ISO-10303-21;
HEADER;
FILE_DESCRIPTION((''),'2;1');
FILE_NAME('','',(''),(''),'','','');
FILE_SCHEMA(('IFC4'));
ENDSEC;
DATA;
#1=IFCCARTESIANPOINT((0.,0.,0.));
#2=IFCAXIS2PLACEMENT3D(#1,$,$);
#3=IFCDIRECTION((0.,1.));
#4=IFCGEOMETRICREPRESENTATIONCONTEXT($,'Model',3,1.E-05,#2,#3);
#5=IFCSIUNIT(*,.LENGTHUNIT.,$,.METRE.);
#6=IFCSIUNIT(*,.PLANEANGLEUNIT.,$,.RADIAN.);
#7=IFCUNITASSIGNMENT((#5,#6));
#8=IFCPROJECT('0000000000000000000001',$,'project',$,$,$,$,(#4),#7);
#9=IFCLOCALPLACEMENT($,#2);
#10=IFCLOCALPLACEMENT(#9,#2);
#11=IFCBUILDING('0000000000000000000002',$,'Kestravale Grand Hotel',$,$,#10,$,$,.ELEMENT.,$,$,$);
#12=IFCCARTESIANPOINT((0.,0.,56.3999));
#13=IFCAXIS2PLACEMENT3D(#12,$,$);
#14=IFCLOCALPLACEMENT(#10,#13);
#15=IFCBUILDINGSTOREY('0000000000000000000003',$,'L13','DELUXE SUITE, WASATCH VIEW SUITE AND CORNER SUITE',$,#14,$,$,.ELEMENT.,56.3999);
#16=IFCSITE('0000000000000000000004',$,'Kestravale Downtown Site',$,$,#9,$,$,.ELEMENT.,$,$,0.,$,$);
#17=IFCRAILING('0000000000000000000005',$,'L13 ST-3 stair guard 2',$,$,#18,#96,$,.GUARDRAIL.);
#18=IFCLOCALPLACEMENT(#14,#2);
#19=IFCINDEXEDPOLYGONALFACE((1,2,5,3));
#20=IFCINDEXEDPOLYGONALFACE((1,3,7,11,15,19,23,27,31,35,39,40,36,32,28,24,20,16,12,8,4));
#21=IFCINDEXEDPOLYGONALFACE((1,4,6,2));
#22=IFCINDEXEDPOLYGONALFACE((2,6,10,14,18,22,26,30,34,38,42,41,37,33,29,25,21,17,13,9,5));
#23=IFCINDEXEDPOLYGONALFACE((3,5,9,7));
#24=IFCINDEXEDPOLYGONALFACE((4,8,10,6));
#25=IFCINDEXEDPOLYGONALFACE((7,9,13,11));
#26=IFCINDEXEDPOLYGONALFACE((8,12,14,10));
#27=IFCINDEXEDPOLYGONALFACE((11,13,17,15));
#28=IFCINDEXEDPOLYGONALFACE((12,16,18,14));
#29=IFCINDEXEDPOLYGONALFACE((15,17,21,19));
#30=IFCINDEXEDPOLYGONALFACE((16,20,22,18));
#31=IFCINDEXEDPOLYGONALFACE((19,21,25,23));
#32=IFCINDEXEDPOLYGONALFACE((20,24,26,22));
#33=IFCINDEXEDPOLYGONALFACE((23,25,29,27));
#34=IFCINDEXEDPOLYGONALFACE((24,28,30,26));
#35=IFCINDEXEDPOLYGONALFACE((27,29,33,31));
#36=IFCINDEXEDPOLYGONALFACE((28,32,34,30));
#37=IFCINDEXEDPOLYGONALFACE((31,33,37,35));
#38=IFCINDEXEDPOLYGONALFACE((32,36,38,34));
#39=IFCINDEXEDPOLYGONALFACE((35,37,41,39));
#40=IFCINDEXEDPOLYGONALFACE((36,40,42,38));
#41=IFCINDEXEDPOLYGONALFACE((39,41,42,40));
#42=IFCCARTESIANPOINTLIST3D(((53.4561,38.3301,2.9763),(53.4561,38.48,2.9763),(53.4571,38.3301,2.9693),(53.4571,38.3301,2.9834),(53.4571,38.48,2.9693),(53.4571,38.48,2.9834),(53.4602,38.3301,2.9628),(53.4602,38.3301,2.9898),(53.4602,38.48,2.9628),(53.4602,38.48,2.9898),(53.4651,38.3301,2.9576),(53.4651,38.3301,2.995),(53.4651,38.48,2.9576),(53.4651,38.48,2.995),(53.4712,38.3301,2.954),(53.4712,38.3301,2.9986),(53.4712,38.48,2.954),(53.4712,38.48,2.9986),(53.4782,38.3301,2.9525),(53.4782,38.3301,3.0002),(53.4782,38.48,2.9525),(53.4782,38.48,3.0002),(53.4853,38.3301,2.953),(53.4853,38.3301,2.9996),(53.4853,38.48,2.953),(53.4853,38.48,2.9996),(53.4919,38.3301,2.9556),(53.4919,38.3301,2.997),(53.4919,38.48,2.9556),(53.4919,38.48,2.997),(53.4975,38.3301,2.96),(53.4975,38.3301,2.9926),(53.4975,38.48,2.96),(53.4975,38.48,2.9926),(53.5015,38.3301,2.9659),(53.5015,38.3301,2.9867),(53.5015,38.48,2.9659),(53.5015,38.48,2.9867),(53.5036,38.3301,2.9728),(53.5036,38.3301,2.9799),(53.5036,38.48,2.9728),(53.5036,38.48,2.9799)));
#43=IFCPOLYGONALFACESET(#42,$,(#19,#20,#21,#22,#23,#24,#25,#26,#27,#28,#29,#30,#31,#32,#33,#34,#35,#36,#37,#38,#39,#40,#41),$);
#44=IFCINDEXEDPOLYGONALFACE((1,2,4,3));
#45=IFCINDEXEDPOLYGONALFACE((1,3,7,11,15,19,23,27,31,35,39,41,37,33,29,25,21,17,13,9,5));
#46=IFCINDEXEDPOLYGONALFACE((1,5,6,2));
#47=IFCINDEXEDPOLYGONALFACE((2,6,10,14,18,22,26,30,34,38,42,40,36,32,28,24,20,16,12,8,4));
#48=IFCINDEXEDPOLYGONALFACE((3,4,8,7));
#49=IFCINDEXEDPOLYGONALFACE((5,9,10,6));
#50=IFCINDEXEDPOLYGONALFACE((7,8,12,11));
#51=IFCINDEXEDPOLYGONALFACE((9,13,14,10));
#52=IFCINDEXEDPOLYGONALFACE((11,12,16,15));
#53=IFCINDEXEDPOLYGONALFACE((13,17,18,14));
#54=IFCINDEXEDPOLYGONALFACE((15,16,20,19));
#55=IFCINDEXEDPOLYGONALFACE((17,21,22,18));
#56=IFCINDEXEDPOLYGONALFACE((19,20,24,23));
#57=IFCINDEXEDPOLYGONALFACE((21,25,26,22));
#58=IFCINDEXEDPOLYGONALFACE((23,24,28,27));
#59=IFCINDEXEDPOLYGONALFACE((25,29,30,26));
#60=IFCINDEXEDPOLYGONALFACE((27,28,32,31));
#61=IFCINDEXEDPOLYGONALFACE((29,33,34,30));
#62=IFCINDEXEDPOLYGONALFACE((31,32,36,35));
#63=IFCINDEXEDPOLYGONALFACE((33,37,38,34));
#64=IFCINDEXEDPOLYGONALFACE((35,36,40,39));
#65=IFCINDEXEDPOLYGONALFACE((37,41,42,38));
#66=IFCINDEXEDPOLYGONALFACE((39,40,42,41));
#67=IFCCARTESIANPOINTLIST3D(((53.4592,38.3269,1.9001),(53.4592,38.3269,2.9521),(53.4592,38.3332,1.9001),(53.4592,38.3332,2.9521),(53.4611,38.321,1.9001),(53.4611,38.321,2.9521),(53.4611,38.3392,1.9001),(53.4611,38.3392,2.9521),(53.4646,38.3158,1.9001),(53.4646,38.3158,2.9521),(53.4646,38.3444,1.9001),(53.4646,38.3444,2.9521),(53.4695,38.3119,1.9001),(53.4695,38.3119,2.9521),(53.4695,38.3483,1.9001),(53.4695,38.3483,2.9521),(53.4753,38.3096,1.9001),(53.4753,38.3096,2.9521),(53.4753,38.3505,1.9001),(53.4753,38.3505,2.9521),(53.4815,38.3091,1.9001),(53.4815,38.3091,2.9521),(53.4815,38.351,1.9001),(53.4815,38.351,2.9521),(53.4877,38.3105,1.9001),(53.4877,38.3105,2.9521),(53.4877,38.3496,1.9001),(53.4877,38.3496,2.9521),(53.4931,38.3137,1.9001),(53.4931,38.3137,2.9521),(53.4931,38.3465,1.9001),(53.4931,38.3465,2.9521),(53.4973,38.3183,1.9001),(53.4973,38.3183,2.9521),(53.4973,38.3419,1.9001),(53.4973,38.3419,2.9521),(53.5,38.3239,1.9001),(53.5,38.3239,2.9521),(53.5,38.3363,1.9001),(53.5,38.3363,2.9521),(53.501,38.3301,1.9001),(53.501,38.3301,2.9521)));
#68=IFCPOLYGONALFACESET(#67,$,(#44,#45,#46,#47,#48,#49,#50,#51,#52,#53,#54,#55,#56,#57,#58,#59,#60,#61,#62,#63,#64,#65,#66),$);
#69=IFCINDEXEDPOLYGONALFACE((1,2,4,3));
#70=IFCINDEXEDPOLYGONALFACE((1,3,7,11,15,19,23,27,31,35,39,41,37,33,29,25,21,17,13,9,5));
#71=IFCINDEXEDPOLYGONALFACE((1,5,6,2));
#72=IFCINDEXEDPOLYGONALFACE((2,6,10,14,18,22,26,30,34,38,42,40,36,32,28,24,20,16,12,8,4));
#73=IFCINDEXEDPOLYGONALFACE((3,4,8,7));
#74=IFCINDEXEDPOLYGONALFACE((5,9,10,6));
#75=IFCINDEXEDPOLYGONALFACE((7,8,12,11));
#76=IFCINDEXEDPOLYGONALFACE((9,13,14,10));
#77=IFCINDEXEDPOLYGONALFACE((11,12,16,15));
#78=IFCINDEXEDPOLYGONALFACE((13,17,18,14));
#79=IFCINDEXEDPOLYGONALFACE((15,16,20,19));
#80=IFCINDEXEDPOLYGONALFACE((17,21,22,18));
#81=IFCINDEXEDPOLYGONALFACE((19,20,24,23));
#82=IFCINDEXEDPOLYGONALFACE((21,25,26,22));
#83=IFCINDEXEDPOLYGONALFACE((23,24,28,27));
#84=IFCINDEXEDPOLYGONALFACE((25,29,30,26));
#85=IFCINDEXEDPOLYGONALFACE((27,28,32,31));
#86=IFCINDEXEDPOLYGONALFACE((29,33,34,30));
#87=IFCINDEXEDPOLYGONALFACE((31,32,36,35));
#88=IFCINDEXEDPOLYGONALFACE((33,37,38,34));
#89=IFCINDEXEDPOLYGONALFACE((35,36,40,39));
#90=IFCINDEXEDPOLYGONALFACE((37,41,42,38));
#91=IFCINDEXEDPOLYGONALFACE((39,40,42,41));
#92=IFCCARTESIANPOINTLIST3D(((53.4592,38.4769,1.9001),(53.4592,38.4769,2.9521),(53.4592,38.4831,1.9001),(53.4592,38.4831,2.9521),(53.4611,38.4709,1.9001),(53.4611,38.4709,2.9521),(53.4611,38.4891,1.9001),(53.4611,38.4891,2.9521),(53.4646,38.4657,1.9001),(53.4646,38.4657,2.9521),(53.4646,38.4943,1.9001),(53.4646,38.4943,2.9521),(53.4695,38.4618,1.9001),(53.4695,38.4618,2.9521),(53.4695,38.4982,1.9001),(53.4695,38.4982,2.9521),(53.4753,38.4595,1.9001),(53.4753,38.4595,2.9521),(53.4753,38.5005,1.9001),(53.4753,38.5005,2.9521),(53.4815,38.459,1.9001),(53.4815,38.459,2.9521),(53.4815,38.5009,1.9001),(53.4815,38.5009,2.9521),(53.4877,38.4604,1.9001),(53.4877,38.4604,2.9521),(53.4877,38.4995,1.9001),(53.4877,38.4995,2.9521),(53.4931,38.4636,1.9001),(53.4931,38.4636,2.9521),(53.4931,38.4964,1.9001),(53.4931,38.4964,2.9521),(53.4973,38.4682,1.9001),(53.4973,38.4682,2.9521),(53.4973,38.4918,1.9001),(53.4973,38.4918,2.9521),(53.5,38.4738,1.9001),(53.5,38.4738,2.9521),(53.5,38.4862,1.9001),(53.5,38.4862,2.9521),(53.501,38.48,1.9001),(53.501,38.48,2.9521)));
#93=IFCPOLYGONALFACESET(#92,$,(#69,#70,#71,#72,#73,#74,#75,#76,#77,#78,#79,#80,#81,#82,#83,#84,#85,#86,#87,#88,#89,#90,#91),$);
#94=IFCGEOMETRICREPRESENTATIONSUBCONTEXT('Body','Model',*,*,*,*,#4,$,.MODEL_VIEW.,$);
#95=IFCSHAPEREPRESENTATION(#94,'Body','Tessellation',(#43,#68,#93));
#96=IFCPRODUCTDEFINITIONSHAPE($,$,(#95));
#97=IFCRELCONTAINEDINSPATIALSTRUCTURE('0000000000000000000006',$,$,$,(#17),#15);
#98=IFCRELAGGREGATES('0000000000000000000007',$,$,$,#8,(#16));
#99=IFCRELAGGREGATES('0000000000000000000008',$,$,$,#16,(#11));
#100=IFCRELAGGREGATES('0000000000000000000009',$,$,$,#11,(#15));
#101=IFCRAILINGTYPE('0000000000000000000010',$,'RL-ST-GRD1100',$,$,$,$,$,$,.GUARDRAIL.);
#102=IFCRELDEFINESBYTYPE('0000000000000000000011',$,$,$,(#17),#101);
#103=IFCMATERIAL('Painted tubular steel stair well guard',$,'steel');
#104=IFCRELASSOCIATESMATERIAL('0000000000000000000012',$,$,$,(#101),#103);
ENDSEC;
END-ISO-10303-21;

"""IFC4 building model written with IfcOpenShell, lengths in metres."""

from ifc_helpers import new_model, si_unit, direction, frame, origin, origin_2d, place, context, subcontext, project, spatial, circle, extrude, material, type_object, element, save


model = new_model("IFC4")

# Units and contexts
model_context = context("Model", 3, precision=1e-05, world=origin(), true_north=direction((0.0, 1.0)))
body_context = subcontext(model_context, "Body", "Model", "MODEL_VIEW")
ifc_project = project(units=[si_unit("LENGTHUNIT", "METRE"), si_unit("PLANEANGLEUNIT", "RADIAN")], contexts=[model_context])

# Site, building, storey
site_placement = place(None, origin())
site = spatial("IfcSite", under=ifc_project, at=site_placement, Name="Kestravale Downtown Site", CompositionType="ELEMENT", RefElevation=0.0)
building_placement = place(site_placement, origin())
building = spatial("IfcBuilding", under=site, at=building_placement, Name="Kestravale Grand Hotel", CompositionType="ELEMENT")
storey_placement = place(building_placement, frame((0.0, 0.0, 56.3999)))
storey = spatial("IfcBuildingStorey", under=building, at=storey_placement, Name="L13", Description="DELUXE SUITE, WASATCH VIEW SUITE AND CORNER SUITE", CompositionType="ELEMENT", Elevation=56.3999)

# Railing
ifc_material_1 = material(Name="Painted tubular steel stair well guard", Category="steel")
railing_type_1 = type_object("IfcRailingType", Name="RL-ST-GRD1100", PredefinedType="GUARDRAIL", material=ifc_material_1)
railing_1_placement = place(storey_placement, frame((53.48, 38.3301, 1.9001)))
element("IfcRailing", 1, at=railing_1_placement, inside=storey, type_object=railing_type_1, Name="L13 ST-3 stair guard 2", PredefinedType="GUARDRAIL", context=body_context, shape_type="SweptSolid", body=[
    extrude(circle(Radius=0.0239, at=origin_2d()), frame((0.0, 0.0, 1.0762), z_axis=(0.0, 1.0, 0.0), x_axis=(-1.0, 0.0, 0.0)), (0.0, 0.0, 1.0), 0.1499),
    extrude(circle(Radius=0.021, at=origin_2d()), origin(), (0.0, 0.0, 1.0), 1.052),
    extrude(circle(Radius=0.021, at=origin_2d()), frame((0.0, 0.1499, 0.0)), (0.0, 0.0, 1.0), 1.052),
])

save(model, "model.ifc")
